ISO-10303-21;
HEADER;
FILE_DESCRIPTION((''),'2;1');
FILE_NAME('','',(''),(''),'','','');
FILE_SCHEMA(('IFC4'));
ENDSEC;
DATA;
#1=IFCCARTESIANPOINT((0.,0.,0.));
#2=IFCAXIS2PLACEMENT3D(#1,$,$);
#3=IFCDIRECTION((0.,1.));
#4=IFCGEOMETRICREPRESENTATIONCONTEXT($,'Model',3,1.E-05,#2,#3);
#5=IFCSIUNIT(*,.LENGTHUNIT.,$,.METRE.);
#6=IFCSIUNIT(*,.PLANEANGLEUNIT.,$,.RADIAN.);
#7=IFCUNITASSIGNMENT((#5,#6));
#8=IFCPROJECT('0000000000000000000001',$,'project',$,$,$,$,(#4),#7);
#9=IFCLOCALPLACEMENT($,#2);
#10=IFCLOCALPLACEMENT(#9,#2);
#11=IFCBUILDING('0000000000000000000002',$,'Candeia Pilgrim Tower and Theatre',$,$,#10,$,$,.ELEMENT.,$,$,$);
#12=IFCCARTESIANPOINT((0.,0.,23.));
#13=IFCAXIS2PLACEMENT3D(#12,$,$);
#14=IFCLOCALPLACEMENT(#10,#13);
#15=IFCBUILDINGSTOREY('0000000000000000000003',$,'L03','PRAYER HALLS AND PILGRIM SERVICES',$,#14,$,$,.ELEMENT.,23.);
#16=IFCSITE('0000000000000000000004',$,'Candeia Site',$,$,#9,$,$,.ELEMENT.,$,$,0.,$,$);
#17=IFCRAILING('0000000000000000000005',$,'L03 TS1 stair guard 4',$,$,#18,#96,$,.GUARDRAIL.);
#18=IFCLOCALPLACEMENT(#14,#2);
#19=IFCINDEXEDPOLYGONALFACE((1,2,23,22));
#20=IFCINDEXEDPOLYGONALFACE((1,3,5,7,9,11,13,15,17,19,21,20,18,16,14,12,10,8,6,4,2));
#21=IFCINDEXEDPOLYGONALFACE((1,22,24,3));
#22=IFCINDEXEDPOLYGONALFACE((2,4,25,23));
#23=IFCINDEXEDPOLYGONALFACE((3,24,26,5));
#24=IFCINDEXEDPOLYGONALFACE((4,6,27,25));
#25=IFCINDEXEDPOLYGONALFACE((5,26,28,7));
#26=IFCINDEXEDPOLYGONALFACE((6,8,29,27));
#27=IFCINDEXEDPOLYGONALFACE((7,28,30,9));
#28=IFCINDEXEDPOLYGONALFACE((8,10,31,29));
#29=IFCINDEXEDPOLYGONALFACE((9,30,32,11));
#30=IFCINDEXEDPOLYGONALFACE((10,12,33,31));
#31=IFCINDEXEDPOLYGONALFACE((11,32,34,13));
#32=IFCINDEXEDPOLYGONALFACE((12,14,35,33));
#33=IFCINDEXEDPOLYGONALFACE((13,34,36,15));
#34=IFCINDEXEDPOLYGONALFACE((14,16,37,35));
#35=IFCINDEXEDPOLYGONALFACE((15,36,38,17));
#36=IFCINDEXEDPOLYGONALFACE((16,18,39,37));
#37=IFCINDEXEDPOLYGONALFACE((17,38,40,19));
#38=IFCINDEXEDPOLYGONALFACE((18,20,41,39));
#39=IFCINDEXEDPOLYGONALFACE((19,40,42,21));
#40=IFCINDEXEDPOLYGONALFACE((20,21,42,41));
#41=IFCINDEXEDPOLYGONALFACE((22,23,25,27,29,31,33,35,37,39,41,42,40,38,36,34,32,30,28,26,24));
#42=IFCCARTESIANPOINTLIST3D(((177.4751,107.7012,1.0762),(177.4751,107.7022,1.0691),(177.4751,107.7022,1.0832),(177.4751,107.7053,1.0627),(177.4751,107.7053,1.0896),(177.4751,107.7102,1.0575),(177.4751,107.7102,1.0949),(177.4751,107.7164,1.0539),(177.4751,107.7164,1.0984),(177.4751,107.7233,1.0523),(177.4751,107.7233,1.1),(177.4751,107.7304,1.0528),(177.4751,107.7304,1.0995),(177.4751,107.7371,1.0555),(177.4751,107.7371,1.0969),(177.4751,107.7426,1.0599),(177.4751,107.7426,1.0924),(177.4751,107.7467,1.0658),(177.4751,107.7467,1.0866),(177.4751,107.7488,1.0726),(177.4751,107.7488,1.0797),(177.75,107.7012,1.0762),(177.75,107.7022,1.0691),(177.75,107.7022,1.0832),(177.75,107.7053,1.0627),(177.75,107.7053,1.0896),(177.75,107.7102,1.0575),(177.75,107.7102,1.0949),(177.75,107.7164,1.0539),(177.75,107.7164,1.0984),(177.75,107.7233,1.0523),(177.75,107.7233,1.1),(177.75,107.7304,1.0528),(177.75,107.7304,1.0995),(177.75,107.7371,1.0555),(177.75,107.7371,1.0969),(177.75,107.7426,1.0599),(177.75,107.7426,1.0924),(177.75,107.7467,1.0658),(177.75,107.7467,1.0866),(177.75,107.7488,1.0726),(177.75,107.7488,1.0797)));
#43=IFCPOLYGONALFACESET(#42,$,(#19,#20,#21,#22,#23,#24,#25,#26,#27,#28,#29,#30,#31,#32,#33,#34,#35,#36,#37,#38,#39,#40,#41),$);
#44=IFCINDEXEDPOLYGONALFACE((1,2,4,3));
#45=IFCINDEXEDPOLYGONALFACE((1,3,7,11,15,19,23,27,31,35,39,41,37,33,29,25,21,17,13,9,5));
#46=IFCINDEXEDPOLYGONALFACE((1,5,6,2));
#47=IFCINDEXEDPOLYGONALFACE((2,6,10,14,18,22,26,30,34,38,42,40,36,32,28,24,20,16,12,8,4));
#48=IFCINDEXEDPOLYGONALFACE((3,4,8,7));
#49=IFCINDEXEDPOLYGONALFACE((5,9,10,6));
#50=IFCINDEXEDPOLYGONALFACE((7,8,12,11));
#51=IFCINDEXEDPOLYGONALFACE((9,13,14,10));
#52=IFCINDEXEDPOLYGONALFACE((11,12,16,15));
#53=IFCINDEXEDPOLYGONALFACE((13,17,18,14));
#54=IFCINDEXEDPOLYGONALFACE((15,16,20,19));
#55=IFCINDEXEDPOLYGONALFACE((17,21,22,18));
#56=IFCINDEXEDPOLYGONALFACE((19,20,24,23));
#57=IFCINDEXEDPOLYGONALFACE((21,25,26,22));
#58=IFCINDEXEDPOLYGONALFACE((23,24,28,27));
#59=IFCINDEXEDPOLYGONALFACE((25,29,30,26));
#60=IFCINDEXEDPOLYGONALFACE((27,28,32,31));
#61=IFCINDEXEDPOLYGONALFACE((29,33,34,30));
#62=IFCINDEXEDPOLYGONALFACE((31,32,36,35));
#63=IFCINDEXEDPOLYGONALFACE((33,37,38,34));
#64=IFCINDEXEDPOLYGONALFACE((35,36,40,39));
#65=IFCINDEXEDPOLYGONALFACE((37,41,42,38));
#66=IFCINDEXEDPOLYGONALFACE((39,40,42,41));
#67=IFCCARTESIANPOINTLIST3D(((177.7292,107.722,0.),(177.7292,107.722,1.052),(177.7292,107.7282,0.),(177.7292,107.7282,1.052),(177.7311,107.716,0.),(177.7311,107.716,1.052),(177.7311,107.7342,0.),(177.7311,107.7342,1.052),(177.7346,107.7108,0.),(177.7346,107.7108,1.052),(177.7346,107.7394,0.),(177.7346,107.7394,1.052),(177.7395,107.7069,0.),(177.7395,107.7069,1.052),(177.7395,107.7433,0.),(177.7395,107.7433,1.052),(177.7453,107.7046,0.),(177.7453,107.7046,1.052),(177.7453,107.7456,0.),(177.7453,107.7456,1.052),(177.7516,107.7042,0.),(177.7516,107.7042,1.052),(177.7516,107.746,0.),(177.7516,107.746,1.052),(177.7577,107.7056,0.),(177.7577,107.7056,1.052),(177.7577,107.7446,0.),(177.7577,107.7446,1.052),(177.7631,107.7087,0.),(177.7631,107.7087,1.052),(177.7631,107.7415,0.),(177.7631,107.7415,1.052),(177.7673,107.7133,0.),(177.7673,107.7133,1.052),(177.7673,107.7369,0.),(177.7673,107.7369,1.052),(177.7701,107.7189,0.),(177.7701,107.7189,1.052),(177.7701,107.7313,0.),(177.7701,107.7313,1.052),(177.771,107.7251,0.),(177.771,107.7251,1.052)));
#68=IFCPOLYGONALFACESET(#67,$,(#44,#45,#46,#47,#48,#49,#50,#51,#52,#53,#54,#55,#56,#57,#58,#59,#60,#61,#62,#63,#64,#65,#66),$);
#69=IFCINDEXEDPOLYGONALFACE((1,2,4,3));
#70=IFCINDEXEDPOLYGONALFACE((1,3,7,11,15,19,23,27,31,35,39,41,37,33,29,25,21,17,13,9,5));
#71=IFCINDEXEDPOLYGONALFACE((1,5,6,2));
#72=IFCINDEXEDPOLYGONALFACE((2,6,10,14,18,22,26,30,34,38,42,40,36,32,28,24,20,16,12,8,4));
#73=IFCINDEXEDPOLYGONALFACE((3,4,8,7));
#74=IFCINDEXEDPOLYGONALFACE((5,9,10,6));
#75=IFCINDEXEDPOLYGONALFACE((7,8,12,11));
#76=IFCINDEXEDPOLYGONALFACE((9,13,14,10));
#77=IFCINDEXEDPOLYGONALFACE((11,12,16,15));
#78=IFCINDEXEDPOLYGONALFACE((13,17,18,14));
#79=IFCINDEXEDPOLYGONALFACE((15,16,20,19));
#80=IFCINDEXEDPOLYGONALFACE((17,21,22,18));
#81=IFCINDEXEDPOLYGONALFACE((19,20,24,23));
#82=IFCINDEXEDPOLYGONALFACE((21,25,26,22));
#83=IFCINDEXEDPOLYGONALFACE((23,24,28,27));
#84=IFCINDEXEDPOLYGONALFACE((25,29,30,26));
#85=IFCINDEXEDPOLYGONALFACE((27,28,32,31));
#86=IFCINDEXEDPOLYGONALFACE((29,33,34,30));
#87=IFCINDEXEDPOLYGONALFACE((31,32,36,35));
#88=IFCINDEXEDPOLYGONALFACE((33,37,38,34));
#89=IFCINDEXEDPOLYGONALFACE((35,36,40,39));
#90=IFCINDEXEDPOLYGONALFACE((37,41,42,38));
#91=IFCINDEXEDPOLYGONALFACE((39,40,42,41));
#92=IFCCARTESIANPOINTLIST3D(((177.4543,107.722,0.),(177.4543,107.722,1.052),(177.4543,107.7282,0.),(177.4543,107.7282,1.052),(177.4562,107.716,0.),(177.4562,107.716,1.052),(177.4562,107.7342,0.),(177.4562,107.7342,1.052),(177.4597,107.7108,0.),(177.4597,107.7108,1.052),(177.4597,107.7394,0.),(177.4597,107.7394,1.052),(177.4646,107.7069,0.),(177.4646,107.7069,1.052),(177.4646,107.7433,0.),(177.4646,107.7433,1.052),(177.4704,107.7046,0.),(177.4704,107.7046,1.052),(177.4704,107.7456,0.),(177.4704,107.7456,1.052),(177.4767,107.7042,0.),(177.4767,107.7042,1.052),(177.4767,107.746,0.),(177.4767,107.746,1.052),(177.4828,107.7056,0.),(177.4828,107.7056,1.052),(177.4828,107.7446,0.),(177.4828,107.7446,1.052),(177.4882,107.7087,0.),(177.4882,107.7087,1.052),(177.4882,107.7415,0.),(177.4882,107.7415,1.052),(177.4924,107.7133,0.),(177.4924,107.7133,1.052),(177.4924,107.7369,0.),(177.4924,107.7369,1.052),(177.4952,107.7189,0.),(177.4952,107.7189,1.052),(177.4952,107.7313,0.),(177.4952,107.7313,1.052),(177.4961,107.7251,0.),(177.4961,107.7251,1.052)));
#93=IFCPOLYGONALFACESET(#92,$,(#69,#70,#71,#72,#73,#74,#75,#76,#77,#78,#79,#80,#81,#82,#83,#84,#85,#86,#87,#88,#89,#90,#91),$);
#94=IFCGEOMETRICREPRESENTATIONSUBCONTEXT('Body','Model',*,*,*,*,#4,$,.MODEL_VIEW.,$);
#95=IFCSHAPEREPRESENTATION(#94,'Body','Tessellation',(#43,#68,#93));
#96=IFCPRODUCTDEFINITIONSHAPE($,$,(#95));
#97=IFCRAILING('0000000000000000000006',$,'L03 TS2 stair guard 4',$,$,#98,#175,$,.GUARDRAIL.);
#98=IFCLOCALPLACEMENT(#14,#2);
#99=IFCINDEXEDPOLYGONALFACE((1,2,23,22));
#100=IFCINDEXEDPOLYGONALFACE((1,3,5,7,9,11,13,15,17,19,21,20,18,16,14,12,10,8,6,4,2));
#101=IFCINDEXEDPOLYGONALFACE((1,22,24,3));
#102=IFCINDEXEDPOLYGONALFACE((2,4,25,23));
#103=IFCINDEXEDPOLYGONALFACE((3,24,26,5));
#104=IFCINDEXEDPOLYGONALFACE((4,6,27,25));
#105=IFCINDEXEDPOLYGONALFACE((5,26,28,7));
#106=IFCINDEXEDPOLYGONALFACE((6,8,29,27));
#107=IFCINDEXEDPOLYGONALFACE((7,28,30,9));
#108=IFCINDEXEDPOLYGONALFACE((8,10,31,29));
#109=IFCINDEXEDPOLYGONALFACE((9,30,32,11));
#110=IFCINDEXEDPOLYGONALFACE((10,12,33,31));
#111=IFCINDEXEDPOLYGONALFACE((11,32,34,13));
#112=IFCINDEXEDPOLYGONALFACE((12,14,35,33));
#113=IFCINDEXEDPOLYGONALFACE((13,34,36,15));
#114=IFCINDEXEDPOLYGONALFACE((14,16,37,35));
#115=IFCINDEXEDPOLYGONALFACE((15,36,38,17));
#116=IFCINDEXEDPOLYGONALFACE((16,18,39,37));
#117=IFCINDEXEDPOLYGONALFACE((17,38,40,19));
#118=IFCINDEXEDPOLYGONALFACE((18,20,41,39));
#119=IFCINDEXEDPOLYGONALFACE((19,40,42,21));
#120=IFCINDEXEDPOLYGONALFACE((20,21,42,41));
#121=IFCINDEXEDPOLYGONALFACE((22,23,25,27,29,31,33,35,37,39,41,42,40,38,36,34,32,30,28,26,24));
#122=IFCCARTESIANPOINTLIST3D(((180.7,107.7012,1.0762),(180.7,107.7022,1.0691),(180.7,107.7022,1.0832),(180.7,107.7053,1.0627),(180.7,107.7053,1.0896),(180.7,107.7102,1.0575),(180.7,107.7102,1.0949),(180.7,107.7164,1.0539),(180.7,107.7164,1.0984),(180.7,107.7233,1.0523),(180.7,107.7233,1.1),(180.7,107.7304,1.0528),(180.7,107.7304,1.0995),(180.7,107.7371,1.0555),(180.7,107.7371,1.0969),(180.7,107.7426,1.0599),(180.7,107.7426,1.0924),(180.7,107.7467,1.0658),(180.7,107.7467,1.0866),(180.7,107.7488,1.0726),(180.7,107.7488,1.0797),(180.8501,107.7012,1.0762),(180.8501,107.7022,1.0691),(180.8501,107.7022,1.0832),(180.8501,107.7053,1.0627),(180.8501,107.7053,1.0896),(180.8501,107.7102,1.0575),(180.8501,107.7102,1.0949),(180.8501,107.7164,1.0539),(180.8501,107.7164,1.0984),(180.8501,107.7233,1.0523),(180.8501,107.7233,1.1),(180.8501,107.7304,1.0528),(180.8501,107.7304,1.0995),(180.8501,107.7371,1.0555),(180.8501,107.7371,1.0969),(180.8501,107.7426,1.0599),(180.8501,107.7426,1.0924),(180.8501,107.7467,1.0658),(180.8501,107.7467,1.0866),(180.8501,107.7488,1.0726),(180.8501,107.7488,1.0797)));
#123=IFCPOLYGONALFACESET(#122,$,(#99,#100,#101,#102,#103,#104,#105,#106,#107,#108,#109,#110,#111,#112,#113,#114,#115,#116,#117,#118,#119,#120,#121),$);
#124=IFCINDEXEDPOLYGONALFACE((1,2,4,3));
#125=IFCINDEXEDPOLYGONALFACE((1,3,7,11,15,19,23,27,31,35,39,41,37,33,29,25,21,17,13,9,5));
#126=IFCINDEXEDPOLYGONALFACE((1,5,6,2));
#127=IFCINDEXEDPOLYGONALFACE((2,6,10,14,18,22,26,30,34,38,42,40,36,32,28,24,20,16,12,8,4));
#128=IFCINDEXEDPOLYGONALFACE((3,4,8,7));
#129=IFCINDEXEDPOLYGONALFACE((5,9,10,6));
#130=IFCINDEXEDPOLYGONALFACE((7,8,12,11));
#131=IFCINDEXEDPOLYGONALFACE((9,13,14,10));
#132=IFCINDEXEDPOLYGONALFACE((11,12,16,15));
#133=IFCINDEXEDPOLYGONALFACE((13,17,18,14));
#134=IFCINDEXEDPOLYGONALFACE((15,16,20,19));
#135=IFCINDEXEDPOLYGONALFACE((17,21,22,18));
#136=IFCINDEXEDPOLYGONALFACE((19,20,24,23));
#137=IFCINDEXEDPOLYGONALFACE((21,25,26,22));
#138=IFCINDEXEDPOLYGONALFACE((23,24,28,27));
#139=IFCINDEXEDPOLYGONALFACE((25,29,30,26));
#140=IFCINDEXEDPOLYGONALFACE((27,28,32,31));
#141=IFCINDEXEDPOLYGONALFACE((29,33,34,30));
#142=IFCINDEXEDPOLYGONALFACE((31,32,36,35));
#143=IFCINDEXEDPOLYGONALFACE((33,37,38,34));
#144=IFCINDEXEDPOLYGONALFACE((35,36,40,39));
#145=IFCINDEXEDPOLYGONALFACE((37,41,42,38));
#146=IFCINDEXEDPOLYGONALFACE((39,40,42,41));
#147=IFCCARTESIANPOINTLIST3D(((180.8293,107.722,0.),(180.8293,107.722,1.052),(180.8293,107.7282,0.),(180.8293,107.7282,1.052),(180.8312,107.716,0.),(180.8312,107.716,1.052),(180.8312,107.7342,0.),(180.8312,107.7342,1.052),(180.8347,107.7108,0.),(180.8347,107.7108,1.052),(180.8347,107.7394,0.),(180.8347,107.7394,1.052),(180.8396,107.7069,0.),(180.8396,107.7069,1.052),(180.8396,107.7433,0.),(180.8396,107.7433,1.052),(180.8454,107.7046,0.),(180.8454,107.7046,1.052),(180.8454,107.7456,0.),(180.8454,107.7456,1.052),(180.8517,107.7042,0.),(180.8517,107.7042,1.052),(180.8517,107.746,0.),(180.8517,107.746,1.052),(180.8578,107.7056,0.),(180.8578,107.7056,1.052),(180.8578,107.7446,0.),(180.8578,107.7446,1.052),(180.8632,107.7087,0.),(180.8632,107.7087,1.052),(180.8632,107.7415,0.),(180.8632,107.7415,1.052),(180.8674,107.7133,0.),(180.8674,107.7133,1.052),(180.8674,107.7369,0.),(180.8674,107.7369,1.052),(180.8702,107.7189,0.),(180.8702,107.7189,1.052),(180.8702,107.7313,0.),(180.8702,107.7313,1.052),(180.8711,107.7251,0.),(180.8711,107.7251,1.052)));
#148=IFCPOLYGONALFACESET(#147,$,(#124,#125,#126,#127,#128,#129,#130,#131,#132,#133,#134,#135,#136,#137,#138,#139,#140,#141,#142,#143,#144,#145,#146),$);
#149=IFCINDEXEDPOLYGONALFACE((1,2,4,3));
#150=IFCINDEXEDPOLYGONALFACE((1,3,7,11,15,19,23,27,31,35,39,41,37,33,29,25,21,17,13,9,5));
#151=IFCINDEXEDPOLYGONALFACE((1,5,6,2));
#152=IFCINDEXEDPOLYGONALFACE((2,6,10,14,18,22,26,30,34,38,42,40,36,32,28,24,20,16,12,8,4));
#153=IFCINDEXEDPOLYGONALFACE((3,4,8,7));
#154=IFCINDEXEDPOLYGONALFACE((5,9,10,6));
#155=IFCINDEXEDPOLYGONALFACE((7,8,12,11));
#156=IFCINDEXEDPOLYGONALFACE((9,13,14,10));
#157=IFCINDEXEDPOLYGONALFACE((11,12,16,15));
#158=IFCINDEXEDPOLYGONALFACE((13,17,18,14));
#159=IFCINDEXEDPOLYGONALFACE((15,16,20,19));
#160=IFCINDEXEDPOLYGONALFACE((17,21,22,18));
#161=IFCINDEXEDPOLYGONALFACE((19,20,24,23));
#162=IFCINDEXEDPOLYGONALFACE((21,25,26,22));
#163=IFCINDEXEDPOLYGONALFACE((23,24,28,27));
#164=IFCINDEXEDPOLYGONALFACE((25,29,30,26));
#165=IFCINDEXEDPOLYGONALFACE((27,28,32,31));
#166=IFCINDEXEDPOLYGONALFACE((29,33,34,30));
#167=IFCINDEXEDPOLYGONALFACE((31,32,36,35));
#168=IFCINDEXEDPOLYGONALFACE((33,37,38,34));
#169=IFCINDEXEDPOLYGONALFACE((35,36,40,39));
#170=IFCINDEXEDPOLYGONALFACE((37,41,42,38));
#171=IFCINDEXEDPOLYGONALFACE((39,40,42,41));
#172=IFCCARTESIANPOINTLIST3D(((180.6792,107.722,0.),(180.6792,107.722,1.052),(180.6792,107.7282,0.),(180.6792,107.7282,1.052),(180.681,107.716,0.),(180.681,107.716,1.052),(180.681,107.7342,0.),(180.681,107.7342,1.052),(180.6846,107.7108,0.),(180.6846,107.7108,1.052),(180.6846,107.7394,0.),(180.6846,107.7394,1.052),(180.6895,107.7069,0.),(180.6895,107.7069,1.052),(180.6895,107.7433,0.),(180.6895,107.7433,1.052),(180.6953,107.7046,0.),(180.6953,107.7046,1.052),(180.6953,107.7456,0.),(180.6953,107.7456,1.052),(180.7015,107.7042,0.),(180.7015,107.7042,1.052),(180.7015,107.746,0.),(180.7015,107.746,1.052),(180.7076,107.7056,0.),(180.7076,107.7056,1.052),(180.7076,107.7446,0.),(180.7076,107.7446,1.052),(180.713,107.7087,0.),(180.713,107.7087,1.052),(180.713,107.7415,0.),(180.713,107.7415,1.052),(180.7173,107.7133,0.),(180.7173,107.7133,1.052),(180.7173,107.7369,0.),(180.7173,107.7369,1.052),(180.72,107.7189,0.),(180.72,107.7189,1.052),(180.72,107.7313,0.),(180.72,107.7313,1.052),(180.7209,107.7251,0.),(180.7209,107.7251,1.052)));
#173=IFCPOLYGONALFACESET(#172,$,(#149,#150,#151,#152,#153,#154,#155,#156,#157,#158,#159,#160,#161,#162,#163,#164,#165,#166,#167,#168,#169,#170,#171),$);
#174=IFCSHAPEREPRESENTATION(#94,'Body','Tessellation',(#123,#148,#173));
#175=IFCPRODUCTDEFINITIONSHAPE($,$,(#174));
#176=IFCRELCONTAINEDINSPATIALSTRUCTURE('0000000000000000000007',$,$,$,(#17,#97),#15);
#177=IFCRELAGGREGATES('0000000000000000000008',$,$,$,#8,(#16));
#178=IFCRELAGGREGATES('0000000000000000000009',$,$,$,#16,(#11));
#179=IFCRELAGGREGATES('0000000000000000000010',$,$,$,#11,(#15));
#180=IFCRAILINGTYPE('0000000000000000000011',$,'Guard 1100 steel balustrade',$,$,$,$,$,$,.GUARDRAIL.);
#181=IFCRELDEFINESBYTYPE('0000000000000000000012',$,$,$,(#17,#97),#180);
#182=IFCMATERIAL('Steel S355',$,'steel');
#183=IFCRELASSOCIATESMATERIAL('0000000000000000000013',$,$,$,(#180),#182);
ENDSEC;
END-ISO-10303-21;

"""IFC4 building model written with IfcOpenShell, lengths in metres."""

from ifc_helpers import new_model, si_unit, direction, frame, origin, origin_2d, place, context, subcontext, project, spatial, circle, extrude, material, type_object, element, save


model = new_model("IFC4")

# Units and contexts
model_context = context("Model", 3, precision=1e-05, world=origin(), true_north=direction((0.0, 1.0)))
body_context = subcontext(model_context, "Body", "Model", "MODEL_VIEW")
ifc_project = project(units=[si_unit("LENGTHUNIT", "METRE"), si_unit("PLANEANGLEUNIT", "RADIAN")], contexts=[model_context])

# Site, building, storey
site_placement = place(None, origin())
site = spatial("IfcSite", under=ifc_project, at=site_placement, Name="Candeia Site", CompositionType="ELEMENT", RefElevation=0.0)
building_placement = place(site_placement, origin())
building = spatial("IfcBuilding", under=site, at=building_placement, Name="Candeia Pilgrim Tower and Theatre", CompositionType="ELEMENT")
storey_placement = place(building_placement, frame((0.0, 0.0, 23.0)))
storey = spatial("IfcBuildingStorey", under=building, at=storey_placement, Name="L03", Description="PRAYER HALLS AND PILGRIM SERVICES", CompositionType="ELEMENT", Elevation=23.0)

# Railings
ifc_material_1 = material(Name="Steel S355", Category="steel")
railing_type_1 = type_object("IfcRailingType", Name="Guard 1100 steel balustrade", PredefinedType="GUARDRAIL", material=ifc_material_1)
railing_1_placement = place(storey_placement, frame((177.75, 107.7251, 0.0)))
element("IfcRailing", 1, at=railing_1_placement, inside=storey, type_object=railing_type_1, Name="L03 TS1 stair guard 4", PredefinedType="GUARDRAIL", context=body_context, shape_type="SweptSolid", body=[
    extrude(circle(Radius=0.0239, at=origin_2d()), frame((0.0, 0.0, 1.0762), z_axis=(-1.0, 0.0, 0.0), x_axis=(0.0, -1.0, 0.0)), (0.0, 0.0, 1.0), 0.2749),
    extrude(circle(Radius=0.021, at=origin_2d()), origin(), (0.0, 0.0, 1.0), 1.052),
    extrude(circle(Radius=0.021, at=origin_2d()), frame((-0.2749, 0.0, 0.0)), (0.0, 0.0, 1.0), 1.052),
])
railing_2_placement = place(storey_placement, frame((180.8501, 107.7251, 0.0)))
element("IfcRailing", 2, at=railing_2_placement, inside=storey, type_object=railing_type_1, Name="L03 TS2 stair guard 4", PredefinedType="GUARDRAIL", context=body_context, shape_type="SweptSolid", body=[
    extrude(circle(Radius=0.0239, at=origin_2d()), frame((0.0, 0.0, 1.0762), z_axis=(-1.0, 0.0, 0.0), x_axis=(0.0, -1.0, 0.0)), (0.0, 0.0, 1.0), 0.1501),
    extrude(circle(Radius=0.021, at=origin_2d()), origin(), (0.0, 0.0, 1.0), 1.052),
    extrude(circle(Radius=0.021, at=origin_2d()), frame((-0.1501, 0.0, 0.0)), (0.0, 0.0, 1.0), 1.052),
])

save(model, "model.ifc")
